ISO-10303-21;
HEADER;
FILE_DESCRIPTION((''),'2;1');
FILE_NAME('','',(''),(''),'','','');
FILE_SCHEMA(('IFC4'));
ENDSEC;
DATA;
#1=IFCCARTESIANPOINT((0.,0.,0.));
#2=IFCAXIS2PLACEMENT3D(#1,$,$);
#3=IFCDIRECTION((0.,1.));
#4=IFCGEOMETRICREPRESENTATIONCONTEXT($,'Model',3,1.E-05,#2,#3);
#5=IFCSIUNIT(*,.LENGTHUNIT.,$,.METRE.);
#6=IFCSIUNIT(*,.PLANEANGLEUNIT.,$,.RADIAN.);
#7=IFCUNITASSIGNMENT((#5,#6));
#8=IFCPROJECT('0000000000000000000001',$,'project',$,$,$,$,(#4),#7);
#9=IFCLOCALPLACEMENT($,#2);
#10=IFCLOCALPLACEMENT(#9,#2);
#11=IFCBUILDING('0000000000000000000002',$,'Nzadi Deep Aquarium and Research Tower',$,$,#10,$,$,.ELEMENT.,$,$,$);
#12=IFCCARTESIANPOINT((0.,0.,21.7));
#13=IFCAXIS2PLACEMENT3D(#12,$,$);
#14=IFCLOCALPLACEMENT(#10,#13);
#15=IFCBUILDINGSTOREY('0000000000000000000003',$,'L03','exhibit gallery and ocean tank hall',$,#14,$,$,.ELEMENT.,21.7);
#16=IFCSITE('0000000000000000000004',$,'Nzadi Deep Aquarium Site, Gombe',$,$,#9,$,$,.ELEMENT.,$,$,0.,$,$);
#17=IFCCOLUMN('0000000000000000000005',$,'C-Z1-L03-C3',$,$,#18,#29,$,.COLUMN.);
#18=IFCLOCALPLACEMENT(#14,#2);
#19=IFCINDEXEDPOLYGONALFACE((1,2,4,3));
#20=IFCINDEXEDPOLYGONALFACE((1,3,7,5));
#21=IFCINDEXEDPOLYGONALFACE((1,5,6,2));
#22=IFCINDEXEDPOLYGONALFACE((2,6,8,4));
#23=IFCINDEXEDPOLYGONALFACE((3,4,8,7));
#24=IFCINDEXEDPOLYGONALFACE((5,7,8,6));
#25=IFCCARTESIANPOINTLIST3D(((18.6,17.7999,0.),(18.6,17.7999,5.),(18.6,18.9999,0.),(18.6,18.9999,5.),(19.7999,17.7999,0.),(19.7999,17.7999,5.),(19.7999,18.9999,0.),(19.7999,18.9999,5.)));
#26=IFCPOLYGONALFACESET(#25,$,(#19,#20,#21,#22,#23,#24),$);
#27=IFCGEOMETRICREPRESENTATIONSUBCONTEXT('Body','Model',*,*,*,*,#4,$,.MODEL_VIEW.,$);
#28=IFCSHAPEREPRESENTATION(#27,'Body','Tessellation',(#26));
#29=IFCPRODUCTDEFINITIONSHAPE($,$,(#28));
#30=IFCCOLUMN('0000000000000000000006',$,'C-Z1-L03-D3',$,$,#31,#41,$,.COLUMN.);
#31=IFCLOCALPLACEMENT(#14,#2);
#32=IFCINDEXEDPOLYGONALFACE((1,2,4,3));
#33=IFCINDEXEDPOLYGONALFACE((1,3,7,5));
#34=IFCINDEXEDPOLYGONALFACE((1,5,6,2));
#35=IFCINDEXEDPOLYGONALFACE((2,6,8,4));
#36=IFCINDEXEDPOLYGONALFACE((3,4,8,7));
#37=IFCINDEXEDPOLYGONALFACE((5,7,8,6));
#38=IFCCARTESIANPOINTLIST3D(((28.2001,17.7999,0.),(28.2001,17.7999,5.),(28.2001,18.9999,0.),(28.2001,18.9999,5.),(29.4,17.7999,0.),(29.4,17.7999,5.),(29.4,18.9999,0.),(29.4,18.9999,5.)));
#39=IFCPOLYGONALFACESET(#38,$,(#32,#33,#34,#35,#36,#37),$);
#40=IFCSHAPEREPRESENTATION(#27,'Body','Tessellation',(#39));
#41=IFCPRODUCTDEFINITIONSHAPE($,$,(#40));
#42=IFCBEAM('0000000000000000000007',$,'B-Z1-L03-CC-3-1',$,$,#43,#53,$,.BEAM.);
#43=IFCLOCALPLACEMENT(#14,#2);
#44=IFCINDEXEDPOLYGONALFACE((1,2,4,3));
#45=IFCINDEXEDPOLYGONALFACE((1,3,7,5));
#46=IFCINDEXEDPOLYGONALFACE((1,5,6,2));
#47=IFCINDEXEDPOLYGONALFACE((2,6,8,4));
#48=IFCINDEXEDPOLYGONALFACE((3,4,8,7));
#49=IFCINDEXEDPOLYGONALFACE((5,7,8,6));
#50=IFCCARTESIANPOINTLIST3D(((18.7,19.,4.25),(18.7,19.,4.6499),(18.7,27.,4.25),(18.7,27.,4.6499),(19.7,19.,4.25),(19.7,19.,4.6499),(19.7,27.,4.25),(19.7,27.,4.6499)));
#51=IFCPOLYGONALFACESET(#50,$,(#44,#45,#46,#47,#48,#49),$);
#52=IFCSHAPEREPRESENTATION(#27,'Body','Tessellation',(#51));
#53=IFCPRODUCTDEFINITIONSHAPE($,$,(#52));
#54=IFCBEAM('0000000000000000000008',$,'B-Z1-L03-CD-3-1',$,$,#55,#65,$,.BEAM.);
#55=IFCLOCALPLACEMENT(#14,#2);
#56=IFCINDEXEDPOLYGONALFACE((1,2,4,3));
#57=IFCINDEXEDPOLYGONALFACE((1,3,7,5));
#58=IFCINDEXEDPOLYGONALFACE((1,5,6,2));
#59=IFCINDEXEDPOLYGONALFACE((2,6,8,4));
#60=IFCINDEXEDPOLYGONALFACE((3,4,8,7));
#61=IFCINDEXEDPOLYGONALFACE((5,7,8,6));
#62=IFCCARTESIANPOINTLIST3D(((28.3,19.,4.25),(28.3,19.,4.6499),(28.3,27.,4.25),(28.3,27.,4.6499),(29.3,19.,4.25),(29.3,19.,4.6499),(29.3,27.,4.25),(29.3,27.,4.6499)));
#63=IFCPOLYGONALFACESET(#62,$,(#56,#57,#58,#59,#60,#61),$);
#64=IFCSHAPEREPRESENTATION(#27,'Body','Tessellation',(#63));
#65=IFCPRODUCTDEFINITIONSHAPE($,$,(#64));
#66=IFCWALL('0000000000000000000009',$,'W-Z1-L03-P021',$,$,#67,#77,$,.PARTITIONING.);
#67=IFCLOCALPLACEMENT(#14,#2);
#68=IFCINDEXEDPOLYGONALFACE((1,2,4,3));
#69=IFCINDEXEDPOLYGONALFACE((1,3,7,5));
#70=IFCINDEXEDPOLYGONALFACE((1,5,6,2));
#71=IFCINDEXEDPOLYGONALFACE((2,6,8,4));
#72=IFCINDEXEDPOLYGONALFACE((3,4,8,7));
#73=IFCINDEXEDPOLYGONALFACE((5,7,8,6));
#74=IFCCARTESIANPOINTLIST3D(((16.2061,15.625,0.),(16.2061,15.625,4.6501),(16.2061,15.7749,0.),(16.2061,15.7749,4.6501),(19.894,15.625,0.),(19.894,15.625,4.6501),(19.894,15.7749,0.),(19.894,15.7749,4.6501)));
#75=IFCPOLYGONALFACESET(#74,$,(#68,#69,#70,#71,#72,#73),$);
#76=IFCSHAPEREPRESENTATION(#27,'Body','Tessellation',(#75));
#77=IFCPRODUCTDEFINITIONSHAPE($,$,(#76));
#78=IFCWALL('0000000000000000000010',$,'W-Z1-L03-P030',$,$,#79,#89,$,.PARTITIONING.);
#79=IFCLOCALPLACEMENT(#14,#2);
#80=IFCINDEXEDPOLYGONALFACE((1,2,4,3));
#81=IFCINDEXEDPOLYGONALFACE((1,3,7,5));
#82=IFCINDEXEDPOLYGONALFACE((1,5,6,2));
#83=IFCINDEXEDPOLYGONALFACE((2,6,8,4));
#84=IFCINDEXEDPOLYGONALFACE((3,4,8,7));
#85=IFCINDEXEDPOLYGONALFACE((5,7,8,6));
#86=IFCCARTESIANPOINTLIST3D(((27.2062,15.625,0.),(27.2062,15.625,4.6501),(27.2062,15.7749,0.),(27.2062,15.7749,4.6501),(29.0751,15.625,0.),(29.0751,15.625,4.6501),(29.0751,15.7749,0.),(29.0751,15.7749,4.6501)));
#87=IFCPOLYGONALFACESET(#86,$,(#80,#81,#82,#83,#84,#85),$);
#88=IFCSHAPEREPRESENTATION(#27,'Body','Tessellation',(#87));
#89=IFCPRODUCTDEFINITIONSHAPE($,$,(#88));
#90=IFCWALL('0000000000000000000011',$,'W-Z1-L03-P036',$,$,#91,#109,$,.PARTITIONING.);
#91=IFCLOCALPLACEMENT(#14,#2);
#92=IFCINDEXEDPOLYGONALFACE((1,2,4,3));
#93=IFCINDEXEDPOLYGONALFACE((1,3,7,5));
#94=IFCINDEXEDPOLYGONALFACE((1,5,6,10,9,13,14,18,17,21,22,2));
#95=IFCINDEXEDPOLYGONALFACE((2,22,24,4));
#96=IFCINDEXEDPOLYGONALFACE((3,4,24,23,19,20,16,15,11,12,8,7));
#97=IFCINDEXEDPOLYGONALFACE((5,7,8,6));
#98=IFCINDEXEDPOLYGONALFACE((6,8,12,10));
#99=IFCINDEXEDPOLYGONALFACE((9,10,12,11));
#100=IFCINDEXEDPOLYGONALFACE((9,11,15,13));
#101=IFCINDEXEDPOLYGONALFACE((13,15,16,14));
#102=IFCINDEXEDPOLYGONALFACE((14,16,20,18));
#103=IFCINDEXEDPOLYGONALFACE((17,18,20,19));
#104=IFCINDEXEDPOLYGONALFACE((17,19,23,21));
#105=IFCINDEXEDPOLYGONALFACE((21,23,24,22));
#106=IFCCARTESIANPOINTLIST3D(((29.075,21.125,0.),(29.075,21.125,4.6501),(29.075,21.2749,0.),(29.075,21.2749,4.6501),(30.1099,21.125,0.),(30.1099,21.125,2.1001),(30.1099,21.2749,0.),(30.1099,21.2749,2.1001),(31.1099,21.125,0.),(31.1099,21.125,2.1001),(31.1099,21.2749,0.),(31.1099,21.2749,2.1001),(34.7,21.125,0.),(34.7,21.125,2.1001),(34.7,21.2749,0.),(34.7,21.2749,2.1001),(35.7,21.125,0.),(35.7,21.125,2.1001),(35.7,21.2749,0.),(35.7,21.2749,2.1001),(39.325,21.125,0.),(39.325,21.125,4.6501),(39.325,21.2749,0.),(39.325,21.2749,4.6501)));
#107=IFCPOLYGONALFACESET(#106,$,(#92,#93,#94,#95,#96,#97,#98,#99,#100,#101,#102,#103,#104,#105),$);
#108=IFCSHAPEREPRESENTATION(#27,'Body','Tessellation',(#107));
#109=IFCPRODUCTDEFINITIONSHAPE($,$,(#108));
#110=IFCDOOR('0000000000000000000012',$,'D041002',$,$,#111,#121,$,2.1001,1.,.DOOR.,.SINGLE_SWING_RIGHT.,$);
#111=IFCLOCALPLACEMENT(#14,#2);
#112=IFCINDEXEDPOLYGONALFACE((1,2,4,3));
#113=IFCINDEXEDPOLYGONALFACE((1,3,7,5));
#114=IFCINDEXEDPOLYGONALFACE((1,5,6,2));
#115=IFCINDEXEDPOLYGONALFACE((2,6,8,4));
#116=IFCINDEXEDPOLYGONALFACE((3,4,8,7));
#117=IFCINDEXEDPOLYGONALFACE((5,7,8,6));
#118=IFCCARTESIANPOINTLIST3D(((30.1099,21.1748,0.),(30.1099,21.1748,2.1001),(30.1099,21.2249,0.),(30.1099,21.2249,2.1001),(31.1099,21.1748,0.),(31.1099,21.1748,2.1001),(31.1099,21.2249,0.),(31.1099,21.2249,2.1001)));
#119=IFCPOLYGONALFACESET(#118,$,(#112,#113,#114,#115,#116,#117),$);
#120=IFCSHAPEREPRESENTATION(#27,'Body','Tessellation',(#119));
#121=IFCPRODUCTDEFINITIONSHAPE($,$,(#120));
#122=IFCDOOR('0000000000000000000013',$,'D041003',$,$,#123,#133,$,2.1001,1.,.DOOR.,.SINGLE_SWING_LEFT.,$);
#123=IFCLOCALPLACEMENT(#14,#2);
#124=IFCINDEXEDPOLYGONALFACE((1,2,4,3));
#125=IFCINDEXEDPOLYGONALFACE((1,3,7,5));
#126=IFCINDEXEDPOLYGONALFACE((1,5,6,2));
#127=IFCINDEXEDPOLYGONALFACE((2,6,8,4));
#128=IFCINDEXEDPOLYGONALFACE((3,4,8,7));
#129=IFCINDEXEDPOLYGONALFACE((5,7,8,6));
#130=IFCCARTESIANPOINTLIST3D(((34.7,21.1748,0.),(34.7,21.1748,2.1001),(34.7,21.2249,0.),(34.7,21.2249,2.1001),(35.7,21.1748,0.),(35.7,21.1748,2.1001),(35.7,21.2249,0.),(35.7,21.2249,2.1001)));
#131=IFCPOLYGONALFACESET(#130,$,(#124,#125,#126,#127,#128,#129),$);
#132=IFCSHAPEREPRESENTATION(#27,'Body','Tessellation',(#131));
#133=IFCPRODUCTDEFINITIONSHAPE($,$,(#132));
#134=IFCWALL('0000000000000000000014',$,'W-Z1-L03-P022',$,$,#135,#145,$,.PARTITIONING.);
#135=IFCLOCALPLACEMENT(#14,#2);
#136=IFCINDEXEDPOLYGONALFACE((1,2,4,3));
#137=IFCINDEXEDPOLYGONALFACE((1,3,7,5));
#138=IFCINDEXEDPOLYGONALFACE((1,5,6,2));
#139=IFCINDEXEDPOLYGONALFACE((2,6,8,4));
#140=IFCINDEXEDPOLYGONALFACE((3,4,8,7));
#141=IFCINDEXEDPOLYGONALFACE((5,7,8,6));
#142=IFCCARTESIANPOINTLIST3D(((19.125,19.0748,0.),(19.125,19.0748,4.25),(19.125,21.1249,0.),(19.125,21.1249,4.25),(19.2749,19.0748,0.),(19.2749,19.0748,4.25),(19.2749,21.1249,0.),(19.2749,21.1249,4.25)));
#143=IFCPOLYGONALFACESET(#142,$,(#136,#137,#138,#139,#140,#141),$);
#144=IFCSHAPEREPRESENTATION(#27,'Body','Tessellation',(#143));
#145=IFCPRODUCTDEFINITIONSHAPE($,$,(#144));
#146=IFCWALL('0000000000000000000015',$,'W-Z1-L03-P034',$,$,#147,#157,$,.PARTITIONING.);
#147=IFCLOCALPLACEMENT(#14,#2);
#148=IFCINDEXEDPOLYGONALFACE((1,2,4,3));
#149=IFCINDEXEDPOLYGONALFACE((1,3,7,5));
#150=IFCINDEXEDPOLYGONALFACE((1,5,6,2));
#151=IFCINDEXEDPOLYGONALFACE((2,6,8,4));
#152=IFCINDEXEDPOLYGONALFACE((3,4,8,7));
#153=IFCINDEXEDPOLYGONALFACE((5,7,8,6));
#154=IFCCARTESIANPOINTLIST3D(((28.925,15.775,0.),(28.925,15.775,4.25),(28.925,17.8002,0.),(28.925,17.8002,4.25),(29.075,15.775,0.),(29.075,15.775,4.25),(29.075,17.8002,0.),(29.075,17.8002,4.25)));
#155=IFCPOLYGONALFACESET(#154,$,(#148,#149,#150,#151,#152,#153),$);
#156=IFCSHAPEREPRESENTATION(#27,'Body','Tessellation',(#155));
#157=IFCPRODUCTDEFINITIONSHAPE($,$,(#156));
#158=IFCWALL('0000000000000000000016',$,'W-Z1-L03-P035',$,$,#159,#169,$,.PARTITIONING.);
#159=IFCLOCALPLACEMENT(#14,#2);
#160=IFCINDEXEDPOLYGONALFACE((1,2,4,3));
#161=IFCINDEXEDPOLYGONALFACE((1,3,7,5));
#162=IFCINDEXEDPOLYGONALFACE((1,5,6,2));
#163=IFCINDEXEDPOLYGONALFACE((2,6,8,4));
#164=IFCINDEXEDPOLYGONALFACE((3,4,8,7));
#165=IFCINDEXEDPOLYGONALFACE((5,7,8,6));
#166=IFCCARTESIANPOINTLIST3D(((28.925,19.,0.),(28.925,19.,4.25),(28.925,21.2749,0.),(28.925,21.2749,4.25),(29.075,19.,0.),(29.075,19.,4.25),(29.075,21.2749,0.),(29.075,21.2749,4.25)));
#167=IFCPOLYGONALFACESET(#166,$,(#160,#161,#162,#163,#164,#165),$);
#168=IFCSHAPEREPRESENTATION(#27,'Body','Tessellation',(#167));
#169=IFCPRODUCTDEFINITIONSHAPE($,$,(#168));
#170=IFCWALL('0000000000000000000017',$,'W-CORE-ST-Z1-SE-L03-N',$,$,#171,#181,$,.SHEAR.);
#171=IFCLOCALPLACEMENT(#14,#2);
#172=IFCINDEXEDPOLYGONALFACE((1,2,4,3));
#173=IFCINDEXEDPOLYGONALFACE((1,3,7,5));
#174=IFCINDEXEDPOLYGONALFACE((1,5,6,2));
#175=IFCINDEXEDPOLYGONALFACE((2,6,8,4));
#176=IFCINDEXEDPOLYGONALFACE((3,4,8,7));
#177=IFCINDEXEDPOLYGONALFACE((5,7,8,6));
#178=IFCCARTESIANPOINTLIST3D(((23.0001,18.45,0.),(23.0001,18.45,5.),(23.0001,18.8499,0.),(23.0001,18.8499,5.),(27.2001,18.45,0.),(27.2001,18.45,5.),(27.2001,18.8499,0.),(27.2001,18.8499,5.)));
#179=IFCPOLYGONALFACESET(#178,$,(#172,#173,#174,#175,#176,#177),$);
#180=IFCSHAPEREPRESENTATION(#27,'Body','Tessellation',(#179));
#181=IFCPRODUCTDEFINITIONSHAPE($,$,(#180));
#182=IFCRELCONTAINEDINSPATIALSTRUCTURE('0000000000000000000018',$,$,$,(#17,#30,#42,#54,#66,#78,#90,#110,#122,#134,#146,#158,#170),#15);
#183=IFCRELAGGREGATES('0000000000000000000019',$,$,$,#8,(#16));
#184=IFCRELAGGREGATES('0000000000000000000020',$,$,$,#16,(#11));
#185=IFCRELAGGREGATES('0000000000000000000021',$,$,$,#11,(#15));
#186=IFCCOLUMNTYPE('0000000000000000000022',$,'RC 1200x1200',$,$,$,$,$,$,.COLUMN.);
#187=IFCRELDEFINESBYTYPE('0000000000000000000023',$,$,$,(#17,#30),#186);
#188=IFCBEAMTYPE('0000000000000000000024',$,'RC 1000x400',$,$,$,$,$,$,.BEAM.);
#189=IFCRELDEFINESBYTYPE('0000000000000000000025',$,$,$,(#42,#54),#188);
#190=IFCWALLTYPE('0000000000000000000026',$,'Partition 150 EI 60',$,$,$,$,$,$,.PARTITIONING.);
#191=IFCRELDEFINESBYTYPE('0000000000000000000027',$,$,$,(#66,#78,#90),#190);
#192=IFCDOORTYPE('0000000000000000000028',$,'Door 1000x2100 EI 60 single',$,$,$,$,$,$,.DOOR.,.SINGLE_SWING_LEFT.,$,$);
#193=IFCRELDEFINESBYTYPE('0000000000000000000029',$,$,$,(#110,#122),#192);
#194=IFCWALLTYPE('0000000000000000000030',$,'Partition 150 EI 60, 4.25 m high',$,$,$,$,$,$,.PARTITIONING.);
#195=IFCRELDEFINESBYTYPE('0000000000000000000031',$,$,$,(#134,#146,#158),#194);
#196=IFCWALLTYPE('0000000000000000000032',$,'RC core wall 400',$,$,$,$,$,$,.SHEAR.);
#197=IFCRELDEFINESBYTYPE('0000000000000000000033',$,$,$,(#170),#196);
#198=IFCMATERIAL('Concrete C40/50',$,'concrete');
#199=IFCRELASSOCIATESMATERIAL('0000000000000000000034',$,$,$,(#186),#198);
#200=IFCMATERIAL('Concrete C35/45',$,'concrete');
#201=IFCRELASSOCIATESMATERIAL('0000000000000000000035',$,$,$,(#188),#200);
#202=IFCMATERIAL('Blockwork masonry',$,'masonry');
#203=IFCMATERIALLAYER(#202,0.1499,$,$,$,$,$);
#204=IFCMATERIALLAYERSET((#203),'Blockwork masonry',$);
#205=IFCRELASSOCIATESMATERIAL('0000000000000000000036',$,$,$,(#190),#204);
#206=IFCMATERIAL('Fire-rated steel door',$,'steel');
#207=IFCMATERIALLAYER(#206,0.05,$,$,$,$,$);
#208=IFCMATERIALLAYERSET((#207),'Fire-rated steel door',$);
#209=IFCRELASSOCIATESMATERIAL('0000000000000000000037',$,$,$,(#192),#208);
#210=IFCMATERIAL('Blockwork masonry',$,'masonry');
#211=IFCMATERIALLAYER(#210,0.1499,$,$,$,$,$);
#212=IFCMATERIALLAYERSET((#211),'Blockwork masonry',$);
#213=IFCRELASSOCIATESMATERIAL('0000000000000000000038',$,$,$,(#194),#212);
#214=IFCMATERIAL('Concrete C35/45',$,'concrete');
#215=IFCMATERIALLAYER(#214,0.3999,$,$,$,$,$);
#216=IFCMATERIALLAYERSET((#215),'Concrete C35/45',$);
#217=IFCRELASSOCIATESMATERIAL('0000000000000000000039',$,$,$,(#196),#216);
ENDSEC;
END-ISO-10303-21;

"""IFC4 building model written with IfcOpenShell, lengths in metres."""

from ifc_helpers import new_model, si_unit, direction, frame, frame_2d, origin, origin_2d, place, context, subcontext, project, spatial, rectangle, extrude, material, layer, layer_set, material_profile, profile_set, type_object, element, fill, save


model = new_model("IFC4")

# Units and contexts
model_context = context("Model", 3, precision=1e-05, world=origin(), true_north=direction((0.0, 1.0)))
body_context = subcontext(model_context, "Body", "Model", "MODEL_VIEW")
ifc_project = project(units=[si_unit("LENGTHUNIT", "METRE"), si_unit("PLANEANGLEUNIT", "RADIAN")], contexts=[model_context])

# Site, building, storey
site_placement = place(None, origin())
site = spatial("IfcSite", under=ifc_project, at=site_placement, Name="Nzadi Deep Aquarium Site, Gombe", CompositionType="ELEMENT", RefElevation=0.0)
building_placement = place(site_placement, origin())
building = spatial("IfcBuilding", under=site, at=building_placement, Name="Nzadi Deep Aquarium and Research Tower", CompositionType="ELEMENT")
storey_placement = place(building_placement, frame((0.0, 0.0, 21.7)))
storey = spatial("IfcBuildingStorey", under=building, at=storey_placement, Name="L03", Description="exhibit gallery and ocean tank hall", CompositionType="ELEMENT", Elevation=21.7)

# Columns
ifc_material_1 = material(Name="Concrete C40/50", Category="concrete")
ifc_material_profile_1 = material_profile(ifc_material_1, rectangle(XDim=1.2, YDim=1.2, at=origin_2d()))
ifc_profile_set_1 = profile_set([ifc_material_profile_1], Name="Concrete C40/50")
column_type = type_object("IfcColumnType", Name="RC 1200x1200", PredefinedType="COLUMN", material=ifc_profile_set_1)
for number, where, z_axis, x_axis, name in (
    (1, (19.2, 18.3999, 0.0), (0.0, 0.0, 1.0), (1.0, 0.0, 0.0), "C-Z1-L03-C3"),
    (2, (28.8, 18.3999, 0.0), (0.0, 0.0, 1.0), (1.0, 0.0, 0.0), "C-Z1-L03-D3"),
):
    element("IfcColumn", number, at=place(storey_placement, frame(where, z_axis=z_axis, x_axis=x_axis)), inside=storey, type_object=column_type, Name=name, PredefinedType="COLUMN", context=body_context, shape_type="SweptSolid", body=[
        extrude(rectangle(XDim=1.2, YDim=1.2, at=origin_2d()), origin(), (0.0, 0.0, 1.0), 5.0),
    ])

# Beams
ifc_material_2 = material(Name="Concrete C35/45", Category="concrete")
ifc_material_profile_2 = material_profile(ifc_material_2, rectangle(XDim=1.0, YDim=0.3999, at=origin_2d()))
ifc_profile_set_2 = profile_set([ifc_material_profile_2], Name="Concrete C35/45")
beam_type = type_object("IfcBeamType", Name="RC 1000x400", PredefinedType="BEAM", material=ifc_profile_set_2)
for number, where, z_axis, x_axis, name in (
    (3, (19.2, 19.0, 4.45), (0.0, 1.0, 0.0), (-1.0, 0.0, 0.0), "B-Z1-L03-CC-3-1"),
    (4, (28.8, 19.0, 4.45), (0.0, 1.0, 0.0), (-1.0, 0.0, 0.0), "B-Z1-L03-CD-3-1"),
):
    element("IfcBeam", number, at=place(storey_placement, frame(where, z_axis=z_axis, x_axis=x_axis)), inside=storey, type_object=beam_type, Name=name, PredefinedType="BEAM", context=body_context, shape_type="SweptSolid", body=[
        extrude(rectangle(XDim=1.0, YDim=0.3999, at=origin_2d()), origin(), (0.0, 0.0, 1.0), 8.0),
    ])

# Walls
ifc_material_3 = material(Name="Blockwork masonry", Category="masonry")
ifc_layer_1 = layer(ifc_material_3, 0.1499)
ifc_layer_set_1 = layer_set([ifc_layer_1], Name="Blockwork masonry")
wall_type_1 = type_object("IfcWallType", Name="Partition 150 EI 60", PredefinedType="PARTITIONING", material=ifc_layer_set_1)
wall_1_placement = place(storey_placement, frame((16.2061, 15.7, 0.0), z_axis=(0.0, 0.0, 1.0), x_axis=(1.0, 0.0, 0.0)))
element("IfcWall", 5, at=wall_1_placement, inside=storey, type_object=wall_type_1, Name="W-Z1-L03-P021", PredefinedType="PARTITIONING", context=body_context, shape_type="SweptSolid", body=[
    extrude(rectangle(XDim=3.688, YDim=0.1499, at=frame_2d((1.844, 0.0))), origin(), (0.0, 0.0, 1.0), 4.6501),
])
wall_2_placement = place(storey_placement, frame((27.2061, 15.7, 0.0), z_axis=(0.0, 0.0, 1.0), x_axis=(1.0, 0.0, 0.0)))
element("IfcWall", 6, at=wall_2_placement, inside=storey, type_object=wall_type_1, Name="W-Z1-L03-P030", PredefinedType="PARTITIONING", context=body_context, shape_type="SweptSolid", body=[
    extrude(rectangle(XDim=1.8689, YDim=0.1499, at=frame_2d((0.9346, 0.0))), origin(), (0.0, 0.0, 1.0), 4.6501),
])

# Wall, openings, doors
wall_3_placement = place(storey_placement, frame((29.075, 21.2, 0.0), z_axis=(0.0, 0.0, 1.0), x_axis=(1.0, 0.0, 0.0)))
wall_3 = element("IfcWall", 7, at=wall_3_placement, inside=storey, type_object=wall_type_1, Name="W-Z1-L03-P036", PredefinedType="PARTITIONING", context=body_context, shape_type="SweptSolid", body=[
    extrude(rectangle(XDim=10.25, YDim=0.1499, at=frame_2d((5.125, 0.0))), origin(), (0.0, 0.0, 1.0), 4.6501),
])
opening_1_placement = place(wall_3_placement, frame((1.0349, 0.0, 0.0)))
opening_1 = element("IfcOpeningElement", 8, at=opening_1_placement, cuts=wall_3, PredefinedType="OPENING", context=body_context, shape_type="SweptSolid", body=[
    extrude(rectangle(XDim=1.0, YDim=2.1001, at=frame_2d((0.5, 1.05))), frame((0.0, 0.085, 0.0), z_axis=(0.0, -1.0, 0.0), x_axis=(1.0, 0.0, 0.0)), (0.0, 0.0, 1.0), 0.1699),
])
opening_2_placement = place(wall_3_placement, frame((5.625, 0.0, 0.0)))
opening_2 = element("IfcOpeningElement", 9, at=opening_2_placement, cuts=wall_3, PredefinedType="OPENING", context=body_context, shape_type="SweptSolid", body=[
    extrude(rectangle(XDim=1.0, YDim=2.1001, at=frame_2d((0.5, 1.05))), frame((0.0, 0.085, 0.0), z_axis=(0.0, -1.0, 0.0), x_axis=(1.0, 0.0, 0.0)), (0.0, 0.0, 1.0), 0.1699),
])
ifc_material_4 = material(Name="Fire-rated steel door", Category="steel")
ifc_layer_2 = layer(ifc_material_4, 0.05)
ifc_layer_set_2 = layer_set([ifc_layer_2], Name="Fire-rated steel door")
door_type_1 = type_object("IfcDoorType", Name="Door 1000x2100 EI 60 single", OperationType="SINGLE_SWING_LEFT", PredefinedType="DOOR", material=ifc_layer_set_2)
door_1_placement = place(opening_1_placement, origin())
door_1 = element("IfcDoor", 10, at=door_1_placement, inside=storey, type_object=door_type_1, Name="D041002", OperationType="SINGLE_SWING_RIGHT", OverallHeight=2.1001, OverallWidth=1.0, PredefinedType="DOOR", context=body_context, shape_type="SweptSolid", body=[
    extrude(rectangle(XDim=1.0, YDim=2.1001, at=frame_2d((0.5, 1.05))), frame((0.0, 0.0249, 0.0), z_axis=(0.0, -1.0, 0.0), x_axis=(1.0, 0.0, 0.0)), (0.0, 0.0, 1.0), 0.05),
])
fill(opening_1, door_1)
door_2_placement = place(opening_2_placement, origin())
door_2 = element("IfcDoor", 11, at=door_2_placement, inside=storey, type_object=door_type_1, Name="D041003", OperationType="SINGLE_SWING_LEFT", OverallHeight=2.1001, OverallWidth=1.0, PredefinedType="DOOR", context=body_context, shape_type="SweptSolid", body=[
    extrude(rectangle(XDim=1.0, YDim=2.1001, at=frame_2d((0.5, 1.05))), frame((0.0, 0.0249, 0.0), z_axis=(0.0, -1.0, 0.0), x_axis=(1.0, 0.0, 0.0)), (0.0, 0.0, 1.0), 0.05),
])
fill(opening_2, door_2)

# Walls
ifc_material_5 = material(Name="Blockwork masonry", Category="masonry")
ifc_layer_3 = layer(ifc_material_5, 0.1499)
ifc_layer_set_3 = layer_set([ifc_layer_3], Name="Blockwork masonry")
wall_type_2 = type_object("IfcWallType", Name="Partition 150 EI 60, 4.25 m high", PredefinedType="PARTITIONING", material=ifc_layer_set_3)
wall_4_placement = place(storey_placement, frame((19.2, 19.075, 0.0), z_axis=(0.0, 0.0, 1.0), x_axis=(0.0, 1.0, 0.0)))
element("IfcWall", 12, at=wall_4_placement, inside=storey, type_object=wall_type_2, Name="W-Z1-L03-P022", PredefinedType="PARTITIONING", context=body_context, shape_type="SweptSolid", body=[
    extrude(rectangle(XDim=2.05, YDim=0.1499, at=frame_2d((1.0249, 0.0))), origin(), (0.0, 0.0, 1.0), 4.25),
])
wall_5_placement = place(storey_placement, frame((29.0, 15.7749, 0.0), z_axis=(0.0, 0.0, 1.0), x_axis=(0.0, 1.0, 0.0)))
element("IfcWall", 13, at=wall_5_placement, inside=storey, type_object=wall_type_2, Name="W-Z1-L03-P034", PredefinedType="PARTITIONING", context=body_context, shape_type="SweptSolid", body=[
    extrude(rectangle(XDim=2.0251, YDim=0.1499, at=frame_2d((1.0127, 0.0))), origin(), (0.0, 0.0, 1.0), 4.25),
])
wall_6_placement = place(storey_placement, frame((29.0, 19.0, 0.0), z_axis=(0.0, 0.0, 1.0), x_axis=(0.0, 1.0, 0.0)))
element("IfcWall", 14, at=wall_6_placement, inside=storey, type_object=wall_type_2, Name="W-Z1-L03-P035", PredefinedType="PARTITIONING", context=body_context, shape_type="SweptSolid", body=[
    extrude(rectangle(XDim=2.2749, YDim=0.1499, at=frame_2d((1.1375, 0.0))), origin(), (0.0, 0.0, 1.0), 4.25),
])
ifc_material_6 = material(Name="Concrete C35/45", Category="concrete")
ifc_layer_4 = layer(ifc_material_6, 0.3999)
ifc_layer_set_4 = layer_set([ifc_layer_4], Name="Concrete C35/45")
wall_type_3 = type_object("IfcWallType", Name="RC core wall 400", PredefinedType="SHEAR", material=ifc_layer_set_4)
wall_7_placement = place(storey_placement, frame((23.0, 18.6499, 0.0), z_axis=(0.0, 0.0, 1.0), x_axis=(1.0, 0.0, 0.0)))
element("IfcWall", 15, at=wall_7_placement, inside=storey, type_object=wall_type_3, Name="W-CORE-ST-Z1-SE-L03-N", PredefinedType="SHEAR", context=body_context, shape_type="SweptSolid", body=[
    extrude(rectangle(XDim=4.2, YDim=0.3999, at=frame_2d((2.1001, 0.0))), origin(), (0.0, 0.0, 1.0), 5.0),
])

save(model, "model.ifc")
